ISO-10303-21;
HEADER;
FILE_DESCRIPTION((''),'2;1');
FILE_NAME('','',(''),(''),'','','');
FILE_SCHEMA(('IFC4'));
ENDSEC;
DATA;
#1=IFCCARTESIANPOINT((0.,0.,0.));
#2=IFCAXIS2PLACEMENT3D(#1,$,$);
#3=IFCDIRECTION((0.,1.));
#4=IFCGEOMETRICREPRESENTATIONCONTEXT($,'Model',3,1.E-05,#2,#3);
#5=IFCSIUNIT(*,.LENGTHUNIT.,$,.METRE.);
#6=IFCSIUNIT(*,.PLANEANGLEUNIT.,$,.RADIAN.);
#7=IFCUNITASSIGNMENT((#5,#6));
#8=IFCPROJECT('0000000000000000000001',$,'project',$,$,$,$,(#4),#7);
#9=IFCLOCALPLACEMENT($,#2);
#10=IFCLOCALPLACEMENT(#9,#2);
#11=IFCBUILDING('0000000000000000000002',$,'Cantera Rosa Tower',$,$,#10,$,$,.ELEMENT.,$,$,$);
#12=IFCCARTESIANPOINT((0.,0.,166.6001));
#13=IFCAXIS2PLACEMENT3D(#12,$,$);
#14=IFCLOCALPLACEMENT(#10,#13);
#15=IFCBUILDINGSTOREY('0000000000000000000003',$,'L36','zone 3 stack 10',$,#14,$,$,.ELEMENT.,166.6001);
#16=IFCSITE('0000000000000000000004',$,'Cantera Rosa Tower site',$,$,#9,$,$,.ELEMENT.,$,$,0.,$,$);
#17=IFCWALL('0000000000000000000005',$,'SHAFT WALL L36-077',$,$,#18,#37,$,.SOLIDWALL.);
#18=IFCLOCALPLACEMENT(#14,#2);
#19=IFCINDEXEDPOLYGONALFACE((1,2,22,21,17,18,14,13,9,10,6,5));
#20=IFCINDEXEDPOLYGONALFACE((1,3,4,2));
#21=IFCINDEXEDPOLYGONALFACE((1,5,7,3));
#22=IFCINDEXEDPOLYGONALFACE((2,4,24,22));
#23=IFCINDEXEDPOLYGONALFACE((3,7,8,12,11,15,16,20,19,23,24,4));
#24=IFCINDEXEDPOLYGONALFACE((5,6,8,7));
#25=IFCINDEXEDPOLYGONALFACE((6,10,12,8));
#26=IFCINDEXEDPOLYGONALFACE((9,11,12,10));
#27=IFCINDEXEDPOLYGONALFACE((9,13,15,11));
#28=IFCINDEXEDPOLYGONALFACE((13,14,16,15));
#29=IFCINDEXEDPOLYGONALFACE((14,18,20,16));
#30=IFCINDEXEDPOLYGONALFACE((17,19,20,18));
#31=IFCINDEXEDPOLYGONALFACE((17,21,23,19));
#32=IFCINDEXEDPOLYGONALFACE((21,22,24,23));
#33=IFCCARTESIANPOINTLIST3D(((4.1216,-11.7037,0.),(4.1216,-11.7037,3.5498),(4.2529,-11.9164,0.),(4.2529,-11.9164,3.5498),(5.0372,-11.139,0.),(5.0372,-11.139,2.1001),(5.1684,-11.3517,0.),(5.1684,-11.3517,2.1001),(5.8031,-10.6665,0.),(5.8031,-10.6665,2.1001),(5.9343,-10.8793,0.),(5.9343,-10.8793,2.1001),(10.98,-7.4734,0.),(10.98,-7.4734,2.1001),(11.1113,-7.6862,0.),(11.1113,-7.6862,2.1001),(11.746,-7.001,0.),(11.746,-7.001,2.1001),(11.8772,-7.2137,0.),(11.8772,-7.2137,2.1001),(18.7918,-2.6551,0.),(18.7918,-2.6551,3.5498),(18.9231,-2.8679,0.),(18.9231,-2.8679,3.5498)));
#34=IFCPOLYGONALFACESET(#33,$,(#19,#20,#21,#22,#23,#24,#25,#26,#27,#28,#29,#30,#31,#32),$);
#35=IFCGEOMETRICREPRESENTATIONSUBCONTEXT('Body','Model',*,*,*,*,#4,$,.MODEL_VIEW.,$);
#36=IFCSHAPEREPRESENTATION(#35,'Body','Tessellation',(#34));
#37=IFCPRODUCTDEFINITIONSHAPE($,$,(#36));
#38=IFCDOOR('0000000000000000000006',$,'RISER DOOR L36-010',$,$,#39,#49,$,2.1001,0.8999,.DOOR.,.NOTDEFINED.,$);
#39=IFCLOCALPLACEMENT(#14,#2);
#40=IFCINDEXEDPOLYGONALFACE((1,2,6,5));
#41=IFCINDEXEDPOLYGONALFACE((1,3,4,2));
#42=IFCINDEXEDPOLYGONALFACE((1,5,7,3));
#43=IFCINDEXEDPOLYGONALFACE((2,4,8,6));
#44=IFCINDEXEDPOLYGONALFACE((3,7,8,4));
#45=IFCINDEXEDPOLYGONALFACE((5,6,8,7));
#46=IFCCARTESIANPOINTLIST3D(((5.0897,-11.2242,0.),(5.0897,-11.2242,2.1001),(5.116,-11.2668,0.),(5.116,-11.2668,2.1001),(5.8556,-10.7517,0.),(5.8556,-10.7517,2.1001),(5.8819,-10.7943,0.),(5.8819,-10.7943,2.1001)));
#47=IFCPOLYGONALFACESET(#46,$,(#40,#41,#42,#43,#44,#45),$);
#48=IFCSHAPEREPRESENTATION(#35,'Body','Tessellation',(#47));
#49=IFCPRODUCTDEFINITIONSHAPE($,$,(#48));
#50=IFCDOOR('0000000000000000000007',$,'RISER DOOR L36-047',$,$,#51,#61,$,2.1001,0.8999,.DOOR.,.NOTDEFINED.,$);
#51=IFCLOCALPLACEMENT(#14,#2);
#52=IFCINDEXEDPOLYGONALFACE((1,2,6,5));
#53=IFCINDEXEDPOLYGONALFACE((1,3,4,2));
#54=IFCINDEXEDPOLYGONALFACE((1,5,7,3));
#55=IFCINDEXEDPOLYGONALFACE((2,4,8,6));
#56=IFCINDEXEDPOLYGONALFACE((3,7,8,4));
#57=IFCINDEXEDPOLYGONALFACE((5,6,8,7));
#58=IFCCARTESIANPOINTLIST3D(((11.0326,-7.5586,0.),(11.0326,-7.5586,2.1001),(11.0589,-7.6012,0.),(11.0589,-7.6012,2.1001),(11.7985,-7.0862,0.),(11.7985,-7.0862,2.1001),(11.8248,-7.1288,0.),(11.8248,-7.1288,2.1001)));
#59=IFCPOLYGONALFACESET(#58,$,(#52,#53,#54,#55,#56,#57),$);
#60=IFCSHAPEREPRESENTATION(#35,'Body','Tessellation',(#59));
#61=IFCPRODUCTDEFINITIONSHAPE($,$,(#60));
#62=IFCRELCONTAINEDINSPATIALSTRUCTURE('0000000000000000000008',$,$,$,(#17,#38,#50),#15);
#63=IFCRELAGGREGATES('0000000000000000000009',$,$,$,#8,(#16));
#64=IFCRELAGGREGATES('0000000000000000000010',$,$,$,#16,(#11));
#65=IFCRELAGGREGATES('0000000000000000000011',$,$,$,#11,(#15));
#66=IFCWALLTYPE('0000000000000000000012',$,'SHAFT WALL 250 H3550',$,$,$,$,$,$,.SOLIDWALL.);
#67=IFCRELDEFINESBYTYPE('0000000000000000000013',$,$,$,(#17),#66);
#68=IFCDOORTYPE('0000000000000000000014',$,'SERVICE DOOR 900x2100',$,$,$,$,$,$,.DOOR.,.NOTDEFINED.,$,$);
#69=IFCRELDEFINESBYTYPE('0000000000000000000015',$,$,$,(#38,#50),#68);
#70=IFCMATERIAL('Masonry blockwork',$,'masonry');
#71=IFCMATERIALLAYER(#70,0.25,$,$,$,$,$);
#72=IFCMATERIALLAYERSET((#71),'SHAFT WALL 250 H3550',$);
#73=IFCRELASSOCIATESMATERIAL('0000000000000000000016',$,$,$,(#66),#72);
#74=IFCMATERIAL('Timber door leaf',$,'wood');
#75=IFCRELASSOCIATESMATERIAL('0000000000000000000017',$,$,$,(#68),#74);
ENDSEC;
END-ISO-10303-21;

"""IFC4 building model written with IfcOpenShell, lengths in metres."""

from ifc_helpers import new_model, si_unit, direction, frame, frame_2d, origin, place, context, subcontext, project, spatial, rectangle, extrude, material, layer, layer_set, type_object, element, fill, save


model = new_model("IFC4")

# Units and contexts
model_context = context("Model", 3, precision=1e-05, world=origin(), true_north=direction((0.0, 1.0)))
body_context = subcontext(model_context, "Body", "Model", "MODEL_VIEW")
ifc_project = project(units=[si_unit("LENGTHUNIT", "METRE"), si_unit("PLANEANGLEUNIT", "RADIAN")], contexts=[model_context])

# Site, building, storey
site_placement = place(None, origin())
site = spatial("IfcSite", under=ifc_project, at=site_placement, Name="Cantera Rosa Tower site", CompositionType="ELEMENT", RefElevation=0.0)
building_placement = place(site_placement, origin())
building = spatial("IfcBuilding", under=site, at=building_placement, Name="Cantera Rosa Tower", CompositionType="ELEMENT")
storey_placement = place(building_placement, frame((0.0, 0.0, 166.6001)))
storey = spatial("IfcBuildingStorey", under=building, at=storey_placement, Name="L36", Description="zone 3 stack 10", CompositionType="ELEMENT", Elevation=166.6001)

# Shared definitions
ifc_material_1 = material(Name="Masonry blockwork", Category="masonry")
ifc_layer_1 = layer(ifc_material_1, 0.25)
ifc_layer_set_1 = layer_set([ifc_layer_1], Name="SHAFT WALL 250 H3550")
wall_type_1 = type_object("IfcWallType", Name="SHAFT WALL 250 H3550", PredefinedType="SOLIDWALL", material=ifc_layer_set_1)

# Wall, openings, doors
wall_1_placement = place(storey_placement, frame((4.1873, -11.8101, 0.0), z_axis=(0.0, 0.0, 1.0), x_axis=(0.85112, 0.524972, 0.0)))
wall_1 = element("IfcWall", 1, at=wall_1_placement, inside=storey, type_object=wall_type_1, Name="SHAFT WALL L36-077", PredefinedType="SOLIDWALL", context=body_context, shape_type="SweptSolid", body=[
    extrude(rectangle(XDim=17.2363, YDim=0.25, at=frame_2d((8.6182, 0.0))), origin(), (0.0, 0.0, 1.0), 3.5498),
])
opening_1_placement = place(wall_1_placement, frame((1.0757, 0.0, 0.0)))
opening_1 = element("IfcOpeningElement", 2, at=opening_1_placement, cuts=wall_1, PredefinedType="OPENING", context=body_context, shape_type="SweptSolid", body=[
    extrude(rectangle(XDim=0.8999, YDim=2.1001, at=frame_2d((0.45, 1.05))), frame((0.0, 0.135, 0.0), z_axis=(0.0, -1.0, 0.0), x_axis=(1.0, 0.0, 0.0)), (0.0, 0.0, 1.0), 0.27),
])
opening_2_placement = place(wall_1_placement, frame((8.0581, 0.0, 0.0)))
opening_2 = element("IfcOpeningElement", 3, at=opening_2_placement, cuts=wall_1, PredefinedType="OPENING", context=body_context, shape_type="SweptSolid", body=[
    extrude(rectangle(XDim=0.8999, YDim=2.1001, at=frame_2d((0.45, 1.05))), frame((0.0, 0.135, 0.0), z_axis=(0.0, -1.0, 0.0), x_axis=(1.0, 0.0, 0.0)), (0.0, 0.0, 1.0), 0.27),
])
ifc_material_2 = material(Name="Timber door leaf", Category="wood")
door_type_1 = type_object("IfcDoorType", Name="SERVICE DOOR 900x2100", OperationType="NOTDEFINED", PredefinedType="DOOR", material=ifc_material_2)
door_1_placement = place(opening_1_placement, origin())
door_1 = element("IfcDoor", 4, at=door_1_placement, inside=storey, type_object=door_type_1, Name="RISER DOOR L36-010", OperationType="NOTDEFINED", OverallHeight=2.1001, OverallWidth=0.8999, PredefinedType="DOOR", context=body_context, shape_type="SweptSolid", body=[
    extrude(rectangle(XDim=0.8999, YDim=2.1001, at=frame_2d((0.45, 1.05))), frame((0.0, 0.0249, 0.0), z_axis=(0.0, -1.0, 0.0), x_axis=(1.0, 0.0, 0.0)), (0.0, 0.0, 1.0), 0.05),
])
fill(opening_1, door_1)
door_2_placement = place(opening_2_placement, origin())
door_2 = element("IfcDoor", 5, at=door_2_placement, inside=storey, type_object=door_type_1, Name="RISER DOOR L36-047", OperationType="NOTDEFINED", OverallHeight=2.1001, OverallWidth=0.8999, PredefinedType="DOOR", context=body_context, shape_type="SweptSolid", body=[
    extrude(rectangle(XDim=0.8999, YDim=2.1001, at=frame_2d((0.45, 1.05))), frame((0.0, 0.0249, 0.0), z_axis=(0.0, -1.0, 0.0), x_axis=(1.0, 0.0, 0.0)), (0.0, 0.0, 1.0), 0.05),
])
fill(opening_2, door_2)

save(model, "model.ifc")
